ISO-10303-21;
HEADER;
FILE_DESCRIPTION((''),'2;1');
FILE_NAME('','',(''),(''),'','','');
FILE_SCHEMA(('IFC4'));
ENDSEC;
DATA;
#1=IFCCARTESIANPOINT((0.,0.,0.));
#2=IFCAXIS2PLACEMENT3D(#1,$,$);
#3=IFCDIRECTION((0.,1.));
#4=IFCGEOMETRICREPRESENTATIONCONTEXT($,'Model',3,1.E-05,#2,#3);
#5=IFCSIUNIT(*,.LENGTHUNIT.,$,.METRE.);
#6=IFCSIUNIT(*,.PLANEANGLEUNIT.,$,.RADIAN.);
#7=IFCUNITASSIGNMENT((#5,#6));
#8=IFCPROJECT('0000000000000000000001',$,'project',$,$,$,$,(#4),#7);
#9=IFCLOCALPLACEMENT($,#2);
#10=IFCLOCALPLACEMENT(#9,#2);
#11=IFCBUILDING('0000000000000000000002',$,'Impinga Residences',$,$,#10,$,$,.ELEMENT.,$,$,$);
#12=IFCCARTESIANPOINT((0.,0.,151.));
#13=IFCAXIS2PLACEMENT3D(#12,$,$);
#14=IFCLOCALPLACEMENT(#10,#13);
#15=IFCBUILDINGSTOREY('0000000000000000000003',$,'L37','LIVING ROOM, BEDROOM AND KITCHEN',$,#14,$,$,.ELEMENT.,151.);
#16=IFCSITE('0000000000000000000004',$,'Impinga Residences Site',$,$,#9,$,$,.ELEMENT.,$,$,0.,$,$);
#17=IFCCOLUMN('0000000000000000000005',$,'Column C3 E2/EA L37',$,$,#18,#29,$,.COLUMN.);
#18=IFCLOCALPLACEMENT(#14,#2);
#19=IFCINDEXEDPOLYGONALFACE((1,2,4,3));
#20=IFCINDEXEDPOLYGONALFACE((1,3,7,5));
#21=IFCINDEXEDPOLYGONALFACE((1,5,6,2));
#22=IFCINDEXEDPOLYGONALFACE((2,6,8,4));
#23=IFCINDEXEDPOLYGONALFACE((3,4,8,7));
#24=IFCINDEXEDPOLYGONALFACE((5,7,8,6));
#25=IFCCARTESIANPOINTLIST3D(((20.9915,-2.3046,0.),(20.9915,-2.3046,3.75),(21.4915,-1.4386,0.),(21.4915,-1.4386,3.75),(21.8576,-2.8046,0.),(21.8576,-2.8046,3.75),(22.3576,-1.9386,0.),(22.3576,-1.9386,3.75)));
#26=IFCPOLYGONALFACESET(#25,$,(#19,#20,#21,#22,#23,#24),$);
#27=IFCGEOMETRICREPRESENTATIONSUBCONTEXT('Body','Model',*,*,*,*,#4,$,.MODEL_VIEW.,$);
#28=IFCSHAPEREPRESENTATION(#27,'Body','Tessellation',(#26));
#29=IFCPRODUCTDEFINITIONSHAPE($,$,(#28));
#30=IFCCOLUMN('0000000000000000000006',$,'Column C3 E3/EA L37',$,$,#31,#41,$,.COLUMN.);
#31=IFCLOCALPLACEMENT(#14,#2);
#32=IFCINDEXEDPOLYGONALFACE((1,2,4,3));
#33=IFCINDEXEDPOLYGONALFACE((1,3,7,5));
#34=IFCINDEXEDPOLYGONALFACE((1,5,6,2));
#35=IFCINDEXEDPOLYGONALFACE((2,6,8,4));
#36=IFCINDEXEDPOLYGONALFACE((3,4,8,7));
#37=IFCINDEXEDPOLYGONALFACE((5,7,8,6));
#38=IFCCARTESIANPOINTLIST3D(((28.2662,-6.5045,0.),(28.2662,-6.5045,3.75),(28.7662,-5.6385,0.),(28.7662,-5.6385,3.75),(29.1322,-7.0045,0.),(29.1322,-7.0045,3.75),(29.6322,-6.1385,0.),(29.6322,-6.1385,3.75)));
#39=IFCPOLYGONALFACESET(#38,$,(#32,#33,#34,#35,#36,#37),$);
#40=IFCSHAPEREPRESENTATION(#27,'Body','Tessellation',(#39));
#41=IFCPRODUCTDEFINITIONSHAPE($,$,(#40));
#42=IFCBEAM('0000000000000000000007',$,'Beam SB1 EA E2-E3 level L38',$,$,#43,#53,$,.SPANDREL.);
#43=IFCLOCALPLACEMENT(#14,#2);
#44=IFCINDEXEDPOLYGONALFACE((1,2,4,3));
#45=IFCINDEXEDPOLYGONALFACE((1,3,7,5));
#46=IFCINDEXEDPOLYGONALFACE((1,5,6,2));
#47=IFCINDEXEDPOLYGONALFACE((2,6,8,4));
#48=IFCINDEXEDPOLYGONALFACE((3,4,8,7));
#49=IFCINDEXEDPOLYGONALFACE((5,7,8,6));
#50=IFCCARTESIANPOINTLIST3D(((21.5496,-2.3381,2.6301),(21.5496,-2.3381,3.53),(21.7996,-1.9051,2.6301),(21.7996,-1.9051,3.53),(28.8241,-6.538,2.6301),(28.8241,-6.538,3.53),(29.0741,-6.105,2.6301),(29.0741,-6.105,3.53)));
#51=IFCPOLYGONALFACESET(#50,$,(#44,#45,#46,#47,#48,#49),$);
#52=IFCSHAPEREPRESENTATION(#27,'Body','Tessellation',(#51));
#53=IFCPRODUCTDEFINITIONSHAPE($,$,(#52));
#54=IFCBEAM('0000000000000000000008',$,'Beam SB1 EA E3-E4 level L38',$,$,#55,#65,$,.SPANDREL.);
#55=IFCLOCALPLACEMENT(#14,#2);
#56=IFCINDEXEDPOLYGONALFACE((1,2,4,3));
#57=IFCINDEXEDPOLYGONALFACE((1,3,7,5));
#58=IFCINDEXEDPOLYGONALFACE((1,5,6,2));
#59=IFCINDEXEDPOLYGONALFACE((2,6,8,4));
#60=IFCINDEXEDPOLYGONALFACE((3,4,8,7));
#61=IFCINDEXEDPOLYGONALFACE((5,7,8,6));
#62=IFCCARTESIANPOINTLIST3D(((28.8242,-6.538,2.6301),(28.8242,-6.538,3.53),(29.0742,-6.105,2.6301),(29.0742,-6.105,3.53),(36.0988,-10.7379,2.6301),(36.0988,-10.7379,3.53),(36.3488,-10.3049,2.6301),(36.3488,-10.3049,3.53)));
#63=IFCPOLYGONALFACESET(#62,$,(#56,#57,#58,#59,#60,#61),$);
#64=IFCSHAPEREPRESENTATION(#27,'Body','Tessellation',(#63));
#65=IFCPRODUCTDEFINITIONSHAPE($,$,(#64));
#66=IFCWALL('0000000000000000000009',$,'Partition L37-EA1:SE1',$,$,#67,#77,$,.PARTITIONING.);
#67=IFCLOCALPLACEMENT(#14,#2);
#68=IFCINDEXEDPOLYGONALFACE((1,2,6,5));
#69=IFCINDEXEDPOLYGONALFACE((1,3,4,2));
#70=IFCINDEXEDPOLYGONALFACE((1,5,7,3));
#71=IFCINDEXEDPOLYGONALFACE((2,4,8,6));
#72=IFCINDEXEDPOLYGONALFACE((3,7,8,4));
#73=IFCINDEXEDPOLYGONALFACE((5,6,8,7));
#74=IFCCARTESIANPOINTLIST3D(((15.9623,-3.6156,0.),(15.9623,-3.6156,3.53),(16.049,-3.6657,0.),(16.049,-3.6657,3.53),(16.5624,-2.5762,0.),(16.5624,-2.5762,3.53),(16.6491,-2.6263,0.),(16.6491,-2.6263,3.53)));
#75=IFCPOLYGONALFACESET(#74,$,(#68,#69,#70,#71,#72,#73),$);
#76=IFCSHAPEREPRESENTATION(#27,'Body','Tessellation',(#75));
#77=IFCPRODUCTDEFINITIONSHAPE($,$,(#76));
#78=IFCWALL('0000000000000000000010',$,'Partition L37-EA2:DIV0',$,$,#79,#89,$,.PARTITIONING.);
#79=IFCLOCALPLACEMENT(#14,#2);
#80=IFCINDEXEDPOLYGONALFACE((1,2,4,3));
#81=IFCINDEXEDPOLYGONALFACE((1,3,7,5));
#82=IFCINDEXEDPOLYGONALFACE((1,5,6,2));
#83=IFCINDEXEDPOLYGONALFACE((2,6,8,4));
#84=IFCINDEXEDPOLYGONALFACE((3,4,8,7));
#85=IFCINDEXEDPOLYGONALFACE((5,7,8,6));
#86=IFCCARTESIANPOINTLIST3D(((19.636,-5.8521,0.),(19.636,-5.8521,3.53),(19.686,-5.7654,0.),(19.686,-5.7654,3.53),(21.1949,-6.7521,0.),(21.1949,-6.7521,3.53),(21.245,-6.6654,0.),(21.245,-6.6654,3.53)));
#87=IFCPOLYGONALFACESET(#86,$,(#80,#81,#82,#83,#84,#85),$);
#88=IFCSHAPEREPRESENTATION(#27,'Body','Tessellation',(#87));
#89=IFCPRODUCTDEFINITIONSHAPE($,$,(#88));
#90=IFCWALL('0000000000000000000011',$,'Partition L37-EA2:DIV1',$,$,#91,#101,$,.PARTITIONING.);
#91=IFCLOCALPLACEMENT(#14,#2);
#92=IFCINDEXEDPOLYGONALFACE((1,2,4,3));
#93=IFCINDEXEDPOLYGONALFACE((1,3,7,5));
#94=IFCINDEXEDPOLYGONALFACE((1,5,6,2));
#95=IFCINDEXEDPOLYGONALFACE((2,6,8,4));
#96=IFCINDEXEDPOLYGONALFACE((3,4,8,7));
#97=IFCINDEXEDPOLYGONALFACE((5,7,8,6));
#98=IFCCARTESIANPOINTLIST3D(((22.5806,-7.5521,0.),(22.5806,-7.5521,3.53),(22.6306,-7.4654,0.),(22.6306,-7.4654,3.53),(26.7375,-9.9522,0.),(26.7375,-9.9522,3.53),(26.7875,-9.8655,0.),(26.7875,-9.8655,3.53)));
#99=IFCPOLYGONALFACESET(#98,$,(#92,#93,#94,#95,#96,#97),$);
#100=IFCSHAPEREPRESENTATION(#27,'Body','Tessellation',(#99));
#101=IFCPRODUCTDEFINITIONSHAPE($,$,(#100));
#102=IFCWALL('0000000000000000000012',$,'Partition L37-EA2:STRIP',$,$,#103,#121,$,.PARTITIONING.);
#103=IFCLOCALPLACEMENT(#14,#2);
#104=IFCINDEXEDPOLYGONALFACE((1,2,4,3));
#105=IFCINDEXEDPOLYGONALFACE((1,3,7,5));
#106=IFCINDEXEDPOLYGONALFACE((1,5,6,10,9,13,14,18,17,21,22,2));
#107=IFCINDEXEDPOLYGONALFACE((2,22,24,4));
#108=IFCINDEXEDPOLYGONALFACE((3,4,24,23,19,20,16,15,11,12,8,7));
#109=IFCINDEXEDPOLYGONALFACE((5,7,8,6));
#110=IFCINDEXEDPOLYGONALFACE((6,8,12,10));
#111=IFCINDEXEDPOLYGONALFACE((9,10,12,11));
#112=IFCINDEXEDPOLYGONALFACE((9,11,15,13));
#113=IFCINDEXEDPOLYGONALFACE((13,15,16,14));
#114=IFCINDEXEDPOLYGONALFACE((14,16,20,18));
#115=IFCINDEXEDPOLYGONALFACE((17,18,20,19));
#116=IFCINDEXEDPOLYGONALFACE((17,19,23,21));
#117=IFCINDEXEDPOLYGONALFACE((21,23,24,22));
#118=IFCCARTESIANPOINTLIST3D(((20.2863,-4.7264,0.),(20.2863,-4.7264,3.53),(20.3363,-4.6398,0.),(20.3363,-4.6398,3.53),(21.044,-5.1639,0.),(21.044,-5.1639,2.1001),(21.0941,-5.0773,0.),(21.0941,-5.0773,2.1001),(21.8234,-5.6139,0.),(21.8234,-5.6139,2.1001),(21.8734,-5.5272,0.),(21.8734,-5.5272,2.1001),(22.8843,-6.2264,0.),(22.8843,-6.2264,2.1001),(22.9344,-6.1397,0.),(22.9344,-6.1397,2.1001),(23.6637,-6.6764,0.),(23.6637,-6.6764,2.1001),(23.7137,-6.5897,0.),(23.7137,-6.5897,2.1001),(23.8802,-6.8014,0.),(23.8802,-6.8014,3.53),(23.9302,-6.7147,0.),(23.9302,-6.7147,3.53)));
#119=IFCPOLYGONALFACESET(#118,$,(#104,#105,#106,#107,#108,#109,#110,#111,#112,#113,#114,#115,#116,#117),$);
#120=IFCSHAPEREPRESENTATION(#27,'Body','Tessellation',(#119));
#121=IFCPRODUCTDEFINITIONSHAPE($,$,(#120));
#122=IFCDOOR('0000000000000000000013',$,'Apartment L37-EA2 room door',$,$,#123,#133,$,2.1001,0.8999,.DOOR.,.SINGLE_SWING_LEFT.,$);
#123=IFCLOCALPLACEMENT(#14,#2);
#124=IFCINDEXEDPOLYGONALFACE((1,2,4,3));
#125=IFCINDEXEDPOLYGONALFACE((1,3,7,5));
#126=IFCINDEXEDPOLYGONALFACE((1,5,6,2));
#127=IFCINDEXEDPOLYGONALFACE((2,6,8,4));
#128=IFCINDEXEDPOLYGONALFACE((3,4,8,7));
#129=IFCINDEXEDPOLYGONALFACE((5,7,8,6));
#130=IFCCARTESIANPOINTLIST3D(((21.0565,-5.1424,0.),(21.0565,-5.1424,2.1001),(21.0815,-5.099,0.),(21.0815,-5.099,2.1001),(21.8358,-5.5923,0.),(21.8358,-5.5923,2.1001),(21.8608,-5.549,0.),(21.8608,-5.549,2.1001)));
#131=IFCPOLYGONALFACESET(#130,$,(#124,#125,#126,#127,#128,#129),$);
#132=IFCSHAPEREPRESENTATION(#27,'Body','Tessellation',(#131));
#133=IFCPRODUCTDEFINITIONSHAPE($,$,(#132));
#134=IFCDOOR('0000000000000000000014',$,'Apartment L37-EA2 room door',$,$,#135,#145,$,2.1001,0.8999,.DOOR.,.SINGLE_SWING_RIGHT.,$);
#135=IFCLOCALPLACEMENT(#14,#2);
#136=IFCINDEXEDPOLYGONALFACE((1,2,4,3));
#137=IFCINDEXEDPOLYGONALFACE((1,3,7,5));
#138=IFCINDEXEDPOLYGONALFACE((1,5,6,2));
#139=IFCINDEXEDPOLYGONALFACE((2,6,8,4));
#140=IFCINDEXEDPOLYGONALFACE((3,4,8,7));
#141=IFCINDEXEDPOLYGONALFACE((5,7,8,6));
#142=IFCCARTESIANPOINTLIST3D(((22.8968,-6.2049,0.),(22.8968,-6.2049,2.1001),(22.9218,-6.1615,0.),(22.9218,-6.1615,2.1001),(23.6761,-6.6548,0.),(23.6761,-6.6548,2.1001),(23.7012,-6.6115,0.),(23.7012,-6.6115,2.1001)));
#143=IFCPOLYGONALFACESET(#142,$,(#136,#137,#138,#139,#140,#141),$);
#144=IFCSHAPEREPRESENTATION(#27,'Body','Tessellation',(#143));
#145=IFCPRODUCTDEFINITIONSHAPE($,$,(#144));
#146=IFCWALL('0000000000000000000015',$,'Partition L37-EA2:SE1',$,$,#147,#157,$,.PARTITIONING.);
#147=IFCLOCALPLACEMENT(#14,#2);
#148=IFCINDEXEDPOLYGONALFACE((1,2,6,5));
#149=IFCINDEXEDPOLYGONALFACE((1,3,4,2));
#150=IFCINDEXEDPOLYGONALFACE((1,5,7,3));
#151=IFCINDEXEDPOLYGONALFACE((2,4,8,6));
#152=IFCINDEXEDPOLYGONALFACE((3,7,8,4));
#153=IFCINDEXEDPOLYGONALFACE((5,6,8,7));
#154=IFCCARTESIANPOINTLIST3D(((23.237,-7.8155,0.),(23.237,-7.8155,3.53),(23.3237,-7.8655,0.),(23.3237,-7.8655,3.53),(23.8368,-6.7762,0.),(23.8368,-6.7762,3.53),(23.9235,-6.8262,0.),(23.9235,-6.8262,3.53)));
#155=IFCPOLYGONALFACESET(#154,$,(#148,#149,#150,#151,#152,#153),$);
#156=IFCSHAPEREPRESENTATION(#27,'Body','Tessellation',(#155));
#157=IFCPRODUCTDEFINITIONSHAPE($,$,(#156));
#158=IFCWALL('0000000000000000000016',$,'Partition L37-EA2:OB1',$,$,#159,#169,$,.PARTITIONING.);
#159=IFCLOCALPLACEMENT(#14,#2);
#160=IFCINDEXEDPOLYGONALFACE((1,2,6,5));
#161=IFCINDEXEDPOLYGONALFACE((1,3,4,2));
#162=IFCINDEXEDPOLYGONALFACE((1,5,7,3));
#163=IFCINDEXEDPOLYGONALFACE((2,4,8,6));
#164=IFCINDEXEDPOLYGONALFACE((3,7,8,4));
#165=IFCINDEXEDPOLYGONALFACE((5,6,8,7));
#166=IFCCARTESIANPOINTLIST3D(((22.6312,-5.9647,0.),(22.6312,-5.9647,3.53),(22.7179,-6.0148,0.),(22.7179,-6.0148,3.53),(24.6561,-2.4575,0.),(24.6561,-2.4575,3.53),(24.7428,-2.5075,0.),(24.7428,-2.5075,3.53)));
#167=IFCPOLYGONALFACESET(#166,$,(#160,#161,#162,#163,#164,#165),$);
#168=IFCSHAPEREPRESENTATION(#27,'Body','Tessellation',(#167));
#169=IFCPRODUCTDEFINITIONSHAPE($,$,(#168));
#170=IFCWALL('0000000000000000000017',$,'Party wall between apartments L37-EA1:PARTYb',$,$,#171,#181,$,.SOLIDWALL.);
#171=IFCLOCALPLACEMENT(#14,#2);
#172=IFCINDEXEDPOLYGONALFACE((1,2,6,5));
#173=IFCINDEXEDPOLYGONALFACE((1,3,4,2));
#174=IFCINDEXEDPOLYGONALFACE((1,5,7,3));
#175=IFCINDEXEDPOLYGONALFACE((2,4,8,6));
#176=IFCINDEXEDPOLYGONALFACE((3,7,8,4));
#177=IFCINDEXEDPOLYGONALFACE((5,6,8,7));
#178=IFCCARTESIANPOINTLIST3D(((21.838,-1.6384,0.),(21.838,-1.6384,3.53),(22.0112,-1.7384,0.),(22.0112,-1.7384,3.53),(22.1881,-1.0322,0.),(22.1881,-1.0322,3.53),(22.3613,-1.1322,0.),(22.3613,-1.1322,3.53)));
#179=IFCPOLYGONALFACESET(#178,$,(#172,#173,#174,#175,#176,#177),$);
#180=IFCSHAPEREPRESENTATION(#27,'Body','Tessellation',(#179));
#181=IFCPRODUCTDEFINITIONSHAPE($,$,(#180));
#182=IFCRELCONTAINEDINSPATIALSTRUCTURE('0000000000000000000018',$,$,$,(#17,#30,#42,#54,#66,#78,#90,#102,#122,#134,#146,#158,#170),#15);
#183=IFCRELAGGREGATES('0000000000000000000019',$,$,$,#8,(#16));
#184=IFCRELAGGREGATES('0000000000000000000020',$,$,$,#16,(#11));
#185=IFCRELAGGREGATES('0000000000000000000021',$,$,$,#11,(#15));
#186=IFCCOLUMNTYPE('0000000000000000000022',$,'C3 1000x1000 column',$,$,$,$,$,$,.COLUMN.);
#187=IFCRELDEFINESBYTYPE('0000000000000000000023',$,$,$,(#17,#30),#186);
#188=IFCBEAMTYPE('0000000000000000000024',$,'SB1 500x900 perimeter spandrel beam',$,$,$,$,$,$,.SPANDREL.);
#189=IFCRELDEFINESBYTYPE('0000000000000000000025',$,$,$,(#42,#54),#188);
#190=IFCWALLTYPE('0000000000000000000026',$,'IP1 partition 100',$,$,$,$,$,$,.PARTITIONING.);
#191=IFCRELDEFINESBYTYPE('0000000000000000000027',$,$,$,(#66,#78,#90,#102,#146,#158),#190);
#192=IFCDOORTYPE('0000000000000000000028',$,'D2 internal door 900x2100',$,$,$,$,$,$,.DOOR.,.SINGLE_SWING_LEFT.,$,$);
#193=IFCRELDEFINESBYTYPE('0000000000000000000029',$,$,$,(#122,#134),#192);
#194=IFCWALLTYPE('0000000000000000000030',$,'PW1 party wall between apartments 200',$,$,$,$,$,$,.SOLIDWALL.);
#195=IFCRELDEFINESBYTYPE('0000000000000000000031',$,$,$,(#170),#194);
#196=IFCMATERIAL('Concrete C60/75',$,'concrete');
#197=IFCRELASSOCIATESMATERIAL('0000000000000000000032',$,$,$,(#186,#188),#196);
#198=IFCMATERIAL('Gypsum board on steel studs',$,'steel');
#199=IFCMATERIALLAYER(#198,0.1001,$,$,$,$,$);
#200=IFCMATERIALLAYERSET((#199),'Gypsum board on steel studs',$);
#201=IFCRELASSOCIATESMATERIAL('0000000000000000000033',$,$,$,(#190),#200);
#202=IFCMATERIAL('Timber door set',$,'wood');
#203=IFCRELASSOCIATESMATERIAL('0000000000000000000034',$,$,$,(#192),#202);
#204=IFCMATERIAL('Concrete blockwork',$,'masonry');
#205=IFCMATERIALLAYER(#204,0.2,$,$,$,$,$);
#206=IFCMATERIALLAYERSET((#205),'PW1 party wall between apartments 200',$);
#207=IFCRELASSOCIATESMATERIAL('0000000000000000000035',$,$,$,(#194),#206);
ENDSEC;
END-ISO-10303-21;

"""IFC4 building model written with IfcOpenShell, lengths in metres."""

from ifc_helpers import new_model, si_unit, direction, frame, frame_2d, origin, origin_2d, place, context, subcontext, project, spatial, rectangle, extrude, material, layer, layer_set, material_profile, profile_set, type_object, element, fill, save


model = new_model("IFC4")

# Units and contexts
model_context = context("Model", 3, precision=1e-05, world=origin(), true_north=direction((0.0, 1.0)))
body_context = subcontext(model_context, "Body", "Model", "MODEL_VIEW")
ifc_project = project(units=[si_unit("LENGTHUNIT", "METRE"), si_unit("PLANEANGLEUNIT", "RADIAN")], contexts=[model_context])

# Site, building, storey
site_placement = place(None, origin())
site = spatial("IfcSite", under=ifc_project, at=site_placement, Name="Impinga Residences Site", CompositionType="ELEMENT", RefElevation=0.0)
building_placement = place(site_placement, origin())
building = spatial("IfcBuilding", under=site, at=building_placement, Name="Impinga Residences", CompositionType="ELEMENT")
storey_placement = place(building_placement, frame((0.0, 0.0, 151.0)))
storey = spatial("IfcBuildingStorey", under=building, at=storey_placement, Name="L37", Description="LIVING ROOM, BEDROOM AND KITCHEN", CompositionType="ELEMENT", Elevation=151.0)

# Columns
ifc_material_1 = material(Name="Concrete C60/75", Category="concrete")
ifc_material_profile_1 = material_profile(ifc_material_1, rectangle(XDim=1.0, YDim=1.0, at=origin_2d()), Name="RC 1000x1000")
ifc_profile_set_1 = profile_set([ifc_material_profile_1], Name="Concrete C60/75")
column_type = type_object("IfcColumnType", Name="C3 1000x1000 column", PredefinedType="COLUMN", material=ifc_profile_set_1)
for number, where, z_axis, x_axis, name in (
    (1, (21.6746, -2.1216, 0.0), (0.0, 0.0, 1.0), (-0.5, -0.866025, 0.0), "Column C3 E2/EA L37"),
    (2, (28.9492, -6.3215, 0.0), (0.0, 0.0, 1.0), (-0.5, -0.866025, 0.0), "Column C3 E3/EA L37"),
):
    element("IfcColumn", number, at=place(storey_placement, frame(where, z_axis=z_axis, x_axis=x_axis)), inside=storey, type_object=column_type, Name=name, PredefinedType="COLUMN", context=body_context, shape_type="SweptSolid", body=[
        extrude(rectangle(XDim=1.0, YDim=1.0, at=origin_2d()), origin(), (0.0, 0.0, 1.0), 3.75),
    ])

# Beams
ifc_material_profile_2 = material_profile(ifc_material_1, rectangle(XDim=0.5, YDim=0.8999, at=origin_2d()), Name="RC 500x900")
ifc_profile_set_2 = profile_set([ifc_material_profile_2], Name="Concrete C60/75")
beam_type = type_object("IfcBeamType", Name="SB1 500x900 perimeter spandrel beam", PredefinedType="SPANDREL", material=ifc_profile_set_2)
for number, where, z_axis, x_axis, name in (
    (3, (21.6746, -2.1216, 3.0801), (0.866029, -0.499993, 0.0), (0.499993, 0.866029, 0.0), "Beam SB1 EA E2-E3 level L38"),
    (4, (28.9492, -6.3215, 3.0801), (0.866029, -0.499993, 0.0), (0.499993, 0.866029, 0.0), "Beam SB1 EA E3-E4 level L38"),
):
    element("IfcBeam", number, at=place(storey_placement, frame(where, z_axis=z_axis, x_axis=x_axis)), inside=storey, type_object=beam_type, Name=name, PredefinedType="SPANDREL", context=body_context, shape_type="SweptSolid", body=[
        extrude(rectangle(XDim=0.5, YDim=0.8999, at=origin_2d()), origin(), (0.0, 0.0, 1.0), 8.3999),
    ])

# Walls
ifc_material_2 = material(Name="Gypsum board on steel studs", Category="steel")
ifc_layer_1 = layer(ifc_material_2, 0.1001)
ifc_layer_set_1 = layer_set([ifc_layer_1], Name="Gypsum board on steel studs")
wall_type_1 = type_object("IfcWallType", Name="IP1 partition 100", PredefinedType="PARTITIONING", material=ifc_layer_set_1)
wall_1_placement = place(storey_placement, frame((16.0056, -3.6406, 0.0), z_axis=(0.0, 0.0, 1.0), x_axis=(0.500034, 0.866006, 0.0)))
element("IfcWall", 5, at=wall_1_placement, inside=storey, type_object=wall_type_1, Name="Partition L37-EA1:SE1", PredefinedType="PARTITIONING", context=body_context, shape_type="SweptSolid", body=[
    extrude(rectangle(XDim=1.2002, YDim=0.1001, at=frame_2d((0.6001, 0.0))), origin(), (0.0, 0.0, 1.0), 3.53),
])
wall_2_placement = place(storey_placement, frame((19.6611, -5.8088, 0.0), z_axis=(0.0, 0.0, 1.0), x_axis=(0.866048, -0.499961, 0.0)))
element("IfcWall", 6, at=wall_2_placement, inside=storey, type_object=wall_type_1, Name="Partition L37-EA2:DIV0", PredefinedType="PARTITIONING", context=body_context, shape_type="SweptSolid", body=[
    extrude(rectangle(XDim=1.8, YDim=0.1001, at=frame_2d((0.8999, 0.0))), origin(), (0.0, 0.0, 1.0), 3.53),
])
wall_3_placement = place(storey_placement, frame((22.6057, -7.5088, 0.0), z_axis=(0.0, 0.0, 1.0), x_axis=(0.866015, -0.500017, 0.0)))
element("IfcWall", 7, at=wall_3_placement, inside=storey, type_object=wall_type_1, Name="Partition L37-EA2:DIV1", PredefinedType="PARTITIONING", context=body_context, shape_type="SweptSolid", body=[
    extrude(rectangle(XDim=4.8, YDim=0.1001, at=frame_2d((2.3999, 0.0))), origin(), (0.0, 0.0, 1.0), 3.53),
])

# Wall, openings, doors
wall_4_placement = place(storey_placement, frame((20.3113, -4.6831, 0.0), z_axis=(0.0, 0.0, 1.0), x_axis=(0.86603, -0.499992, 0.0)))
wall_4 = element("IfcWall", 8, at=wall_4_placement, inside=storey, type_object=wall_type_1, Name="Partition L37-EA2:STRIP", PredefinedType="PARTITIONING", context=body_context, shape_type="SweptSolid", body=[
    extrude(rectangle(XDim=4.1499, YDim=0.1001, at=frame_2d((2.075, 0.0))), origin(), (0.0, 0.0, 1.0), 3.53),
])
opening_1_placement = place(wall_4_placement, frame((0.875, 0.0, 0.0)))
opening_1 = element("IfcOpeningElement", 9, at=opening_1_placement, cuts=wall_4, PredefinedType="OPENING", context=body_context, shape_type="SweptSolid", body=[
    extrude(rectangle(XDim=0.8999, YDim=2.1001, at=frame_2d((0.45, 1.05))), frame((0.0, 0.0601, 0.0), z_axis=(0.0, -1.0, 0.0), x_axis=(1.0, 0.0, 0.0)), (0.0, 0.0, 1.0), 0.1201),
])
opening_2_placement = place(wall_4_placement, frame((3.0, 0.0, 0.0)))
opening_2 = element("IfcOpeningElement", 10, at=opening_2_placement, cuts=wall_4, PredefinedType="OPENING", context=body_context, shape_type="SweptSolid", body=[
    extrude(rectangle(XDim=0.8999, YDim=2.1001, at=frame_2d((0.45, 1.05))), frame((0.0, 0.0601, 0.0), z_axis=(0.0, -1.0, 0.0), x_axis=(1.0, 0.0, 0.0)), (0.0, 0.0, 1.0), 0.1201),
])
ifc_material_3 = material(Name="Timber door set", Category="wood")
door_type = type_object("IfcDoorType", Name="D2 internal door 900x2100", OperationType="SINGLE_SWING_LEFT", PredefinedType="DOOR", material=ifc_material_3)
door_1_placement = place(opening_1_placement, origin())
door_1 = element("IfcDoor", 11, at=door_1_placement, inside=storey, type_object=door_type, Name="Apartment L37-EA2 room door", OperationType="SINGLE_SWING_LEFT", OverallHeight=2.1001, OverallWidth=0.8999, PredefinedType="DOOR", context=body_context, shape_type="SweptSolid", body=[
    extrude(rectangle(XDim=0.8999, YDim=2.1001, at=frame_2d((0.45, 1.05))), frame((0.0, 0.0249, 0.0), z_axis=(0.0, -1.0, 0.0), x_axis=(1.0, 0.0, 0.0)), (0.0, 0.0, 1.0), 0.05),
])
fill(opening_1, door_1)
door_2_placement = place(opening_2_placement, origin())
door_2 = element("IfcDoor", 12, at=door_2_placement, inside=storey, type_object=door_type, Name="Apartment L37-EA2 room door", OperationType="SINGLE_SWING_RIGHT", OverallHeight=2.1001, OverallWidth=0.8999, PredefinedType="DOOR", context=body_context, shape_type="SweptSolid", body=[
    extrude(rectangle(XDim=0.8999, YDim=2.1001, at=frame_2d((0.45, 1.05))), frame((0.0, 0.0249, 0.0), z_axis=(0.0, -1.0, 0.0), x_axis=(1.0, 0.0, 0.0)), (0.0, 0.0, 1.0), 0.05),
])
fill(opening_2, door_2)

# Walls
wall_5_placement = place(storey_placement, frame((23.2803, -7.8406, 0.0), z_axis=(0.0, 0.0, 1.0), x_axis=(0.499881, 0.866094, 0.0)))
element("IfcWall", 13, at=wall_5_placement, inside=storey, type_object=wall_type_1, Name="Partition L37-EA2:SE1", PredefinedType="PARTITIONING", context=body_context, shape_type="SweptSolid", body=[
    extrude(rectangle(XDim=1.2, YDim=0.1001, at=frame_2d((0.6001, 0.0))), origin(), (0.0, 0.0, 1.0), 3.53),
])
wall_6_placement = place(storey_placement, frame((22.6746, -5.9897, 0.0), z_axis=(0.0, 0.0, 1.0), x_axis=(0.49999, 0.866031, 0.0)))
element("IfcWall", 14, at=wall_6_placement, inside=storey, type_object=wall_type_1, Name="Partition L37-EA2:OB1", PredefinedType="PARTITIONING", context=body_context, shape_type="SweptSolid", body=[
    extrude(rectangle(XDim=4.0498, YDim=0.1001, at=frame_2d((2.0249, 0.0))), origin(), (0.0, 0.0, 1.0), 3.53),
])
ifc_material_4 = material(Name="Concrete blockwork", Category="masonry")
ifc_layer_2 = layer(ifc_material_4, 0.2)
ifc_layer_set_2 = layer_set([ifc_layer_2], Name="PW1 party wall between apartments 200")
wall_type_2 = type_object("IfcWallType", Name="PW1 party wall between apartments 200", PredefinedType="SOLIDWALL", material=ifc_layer_set_2)
for number, where, z_axis, x_axis, name in (
    (15, (21.9246, -1.6885, 0.0), (0.0, 0.0, 1.0), (0.500115, 0.865959, 0.0), "Party wall between apartments L37-EA1:PARTYb"),
):
    element("IfcWall", number, at=place(storey_placement, frame(where, z_axis=z_axis, x_axis=x_axis)), inside=storey, type_object=wall_type_2, Name=name, PredefinedType="SOLIDWALL", context=body_context, shape_type="SweptSolid", body=[
        extrude(rectangle(XDim=0.7, YDim=0.2, at=frame_2d((0.3501, 0.0))), origin(), (0.0, 0.0, 1.0), 3.53),
    ])

save(model, "model.ifc")
